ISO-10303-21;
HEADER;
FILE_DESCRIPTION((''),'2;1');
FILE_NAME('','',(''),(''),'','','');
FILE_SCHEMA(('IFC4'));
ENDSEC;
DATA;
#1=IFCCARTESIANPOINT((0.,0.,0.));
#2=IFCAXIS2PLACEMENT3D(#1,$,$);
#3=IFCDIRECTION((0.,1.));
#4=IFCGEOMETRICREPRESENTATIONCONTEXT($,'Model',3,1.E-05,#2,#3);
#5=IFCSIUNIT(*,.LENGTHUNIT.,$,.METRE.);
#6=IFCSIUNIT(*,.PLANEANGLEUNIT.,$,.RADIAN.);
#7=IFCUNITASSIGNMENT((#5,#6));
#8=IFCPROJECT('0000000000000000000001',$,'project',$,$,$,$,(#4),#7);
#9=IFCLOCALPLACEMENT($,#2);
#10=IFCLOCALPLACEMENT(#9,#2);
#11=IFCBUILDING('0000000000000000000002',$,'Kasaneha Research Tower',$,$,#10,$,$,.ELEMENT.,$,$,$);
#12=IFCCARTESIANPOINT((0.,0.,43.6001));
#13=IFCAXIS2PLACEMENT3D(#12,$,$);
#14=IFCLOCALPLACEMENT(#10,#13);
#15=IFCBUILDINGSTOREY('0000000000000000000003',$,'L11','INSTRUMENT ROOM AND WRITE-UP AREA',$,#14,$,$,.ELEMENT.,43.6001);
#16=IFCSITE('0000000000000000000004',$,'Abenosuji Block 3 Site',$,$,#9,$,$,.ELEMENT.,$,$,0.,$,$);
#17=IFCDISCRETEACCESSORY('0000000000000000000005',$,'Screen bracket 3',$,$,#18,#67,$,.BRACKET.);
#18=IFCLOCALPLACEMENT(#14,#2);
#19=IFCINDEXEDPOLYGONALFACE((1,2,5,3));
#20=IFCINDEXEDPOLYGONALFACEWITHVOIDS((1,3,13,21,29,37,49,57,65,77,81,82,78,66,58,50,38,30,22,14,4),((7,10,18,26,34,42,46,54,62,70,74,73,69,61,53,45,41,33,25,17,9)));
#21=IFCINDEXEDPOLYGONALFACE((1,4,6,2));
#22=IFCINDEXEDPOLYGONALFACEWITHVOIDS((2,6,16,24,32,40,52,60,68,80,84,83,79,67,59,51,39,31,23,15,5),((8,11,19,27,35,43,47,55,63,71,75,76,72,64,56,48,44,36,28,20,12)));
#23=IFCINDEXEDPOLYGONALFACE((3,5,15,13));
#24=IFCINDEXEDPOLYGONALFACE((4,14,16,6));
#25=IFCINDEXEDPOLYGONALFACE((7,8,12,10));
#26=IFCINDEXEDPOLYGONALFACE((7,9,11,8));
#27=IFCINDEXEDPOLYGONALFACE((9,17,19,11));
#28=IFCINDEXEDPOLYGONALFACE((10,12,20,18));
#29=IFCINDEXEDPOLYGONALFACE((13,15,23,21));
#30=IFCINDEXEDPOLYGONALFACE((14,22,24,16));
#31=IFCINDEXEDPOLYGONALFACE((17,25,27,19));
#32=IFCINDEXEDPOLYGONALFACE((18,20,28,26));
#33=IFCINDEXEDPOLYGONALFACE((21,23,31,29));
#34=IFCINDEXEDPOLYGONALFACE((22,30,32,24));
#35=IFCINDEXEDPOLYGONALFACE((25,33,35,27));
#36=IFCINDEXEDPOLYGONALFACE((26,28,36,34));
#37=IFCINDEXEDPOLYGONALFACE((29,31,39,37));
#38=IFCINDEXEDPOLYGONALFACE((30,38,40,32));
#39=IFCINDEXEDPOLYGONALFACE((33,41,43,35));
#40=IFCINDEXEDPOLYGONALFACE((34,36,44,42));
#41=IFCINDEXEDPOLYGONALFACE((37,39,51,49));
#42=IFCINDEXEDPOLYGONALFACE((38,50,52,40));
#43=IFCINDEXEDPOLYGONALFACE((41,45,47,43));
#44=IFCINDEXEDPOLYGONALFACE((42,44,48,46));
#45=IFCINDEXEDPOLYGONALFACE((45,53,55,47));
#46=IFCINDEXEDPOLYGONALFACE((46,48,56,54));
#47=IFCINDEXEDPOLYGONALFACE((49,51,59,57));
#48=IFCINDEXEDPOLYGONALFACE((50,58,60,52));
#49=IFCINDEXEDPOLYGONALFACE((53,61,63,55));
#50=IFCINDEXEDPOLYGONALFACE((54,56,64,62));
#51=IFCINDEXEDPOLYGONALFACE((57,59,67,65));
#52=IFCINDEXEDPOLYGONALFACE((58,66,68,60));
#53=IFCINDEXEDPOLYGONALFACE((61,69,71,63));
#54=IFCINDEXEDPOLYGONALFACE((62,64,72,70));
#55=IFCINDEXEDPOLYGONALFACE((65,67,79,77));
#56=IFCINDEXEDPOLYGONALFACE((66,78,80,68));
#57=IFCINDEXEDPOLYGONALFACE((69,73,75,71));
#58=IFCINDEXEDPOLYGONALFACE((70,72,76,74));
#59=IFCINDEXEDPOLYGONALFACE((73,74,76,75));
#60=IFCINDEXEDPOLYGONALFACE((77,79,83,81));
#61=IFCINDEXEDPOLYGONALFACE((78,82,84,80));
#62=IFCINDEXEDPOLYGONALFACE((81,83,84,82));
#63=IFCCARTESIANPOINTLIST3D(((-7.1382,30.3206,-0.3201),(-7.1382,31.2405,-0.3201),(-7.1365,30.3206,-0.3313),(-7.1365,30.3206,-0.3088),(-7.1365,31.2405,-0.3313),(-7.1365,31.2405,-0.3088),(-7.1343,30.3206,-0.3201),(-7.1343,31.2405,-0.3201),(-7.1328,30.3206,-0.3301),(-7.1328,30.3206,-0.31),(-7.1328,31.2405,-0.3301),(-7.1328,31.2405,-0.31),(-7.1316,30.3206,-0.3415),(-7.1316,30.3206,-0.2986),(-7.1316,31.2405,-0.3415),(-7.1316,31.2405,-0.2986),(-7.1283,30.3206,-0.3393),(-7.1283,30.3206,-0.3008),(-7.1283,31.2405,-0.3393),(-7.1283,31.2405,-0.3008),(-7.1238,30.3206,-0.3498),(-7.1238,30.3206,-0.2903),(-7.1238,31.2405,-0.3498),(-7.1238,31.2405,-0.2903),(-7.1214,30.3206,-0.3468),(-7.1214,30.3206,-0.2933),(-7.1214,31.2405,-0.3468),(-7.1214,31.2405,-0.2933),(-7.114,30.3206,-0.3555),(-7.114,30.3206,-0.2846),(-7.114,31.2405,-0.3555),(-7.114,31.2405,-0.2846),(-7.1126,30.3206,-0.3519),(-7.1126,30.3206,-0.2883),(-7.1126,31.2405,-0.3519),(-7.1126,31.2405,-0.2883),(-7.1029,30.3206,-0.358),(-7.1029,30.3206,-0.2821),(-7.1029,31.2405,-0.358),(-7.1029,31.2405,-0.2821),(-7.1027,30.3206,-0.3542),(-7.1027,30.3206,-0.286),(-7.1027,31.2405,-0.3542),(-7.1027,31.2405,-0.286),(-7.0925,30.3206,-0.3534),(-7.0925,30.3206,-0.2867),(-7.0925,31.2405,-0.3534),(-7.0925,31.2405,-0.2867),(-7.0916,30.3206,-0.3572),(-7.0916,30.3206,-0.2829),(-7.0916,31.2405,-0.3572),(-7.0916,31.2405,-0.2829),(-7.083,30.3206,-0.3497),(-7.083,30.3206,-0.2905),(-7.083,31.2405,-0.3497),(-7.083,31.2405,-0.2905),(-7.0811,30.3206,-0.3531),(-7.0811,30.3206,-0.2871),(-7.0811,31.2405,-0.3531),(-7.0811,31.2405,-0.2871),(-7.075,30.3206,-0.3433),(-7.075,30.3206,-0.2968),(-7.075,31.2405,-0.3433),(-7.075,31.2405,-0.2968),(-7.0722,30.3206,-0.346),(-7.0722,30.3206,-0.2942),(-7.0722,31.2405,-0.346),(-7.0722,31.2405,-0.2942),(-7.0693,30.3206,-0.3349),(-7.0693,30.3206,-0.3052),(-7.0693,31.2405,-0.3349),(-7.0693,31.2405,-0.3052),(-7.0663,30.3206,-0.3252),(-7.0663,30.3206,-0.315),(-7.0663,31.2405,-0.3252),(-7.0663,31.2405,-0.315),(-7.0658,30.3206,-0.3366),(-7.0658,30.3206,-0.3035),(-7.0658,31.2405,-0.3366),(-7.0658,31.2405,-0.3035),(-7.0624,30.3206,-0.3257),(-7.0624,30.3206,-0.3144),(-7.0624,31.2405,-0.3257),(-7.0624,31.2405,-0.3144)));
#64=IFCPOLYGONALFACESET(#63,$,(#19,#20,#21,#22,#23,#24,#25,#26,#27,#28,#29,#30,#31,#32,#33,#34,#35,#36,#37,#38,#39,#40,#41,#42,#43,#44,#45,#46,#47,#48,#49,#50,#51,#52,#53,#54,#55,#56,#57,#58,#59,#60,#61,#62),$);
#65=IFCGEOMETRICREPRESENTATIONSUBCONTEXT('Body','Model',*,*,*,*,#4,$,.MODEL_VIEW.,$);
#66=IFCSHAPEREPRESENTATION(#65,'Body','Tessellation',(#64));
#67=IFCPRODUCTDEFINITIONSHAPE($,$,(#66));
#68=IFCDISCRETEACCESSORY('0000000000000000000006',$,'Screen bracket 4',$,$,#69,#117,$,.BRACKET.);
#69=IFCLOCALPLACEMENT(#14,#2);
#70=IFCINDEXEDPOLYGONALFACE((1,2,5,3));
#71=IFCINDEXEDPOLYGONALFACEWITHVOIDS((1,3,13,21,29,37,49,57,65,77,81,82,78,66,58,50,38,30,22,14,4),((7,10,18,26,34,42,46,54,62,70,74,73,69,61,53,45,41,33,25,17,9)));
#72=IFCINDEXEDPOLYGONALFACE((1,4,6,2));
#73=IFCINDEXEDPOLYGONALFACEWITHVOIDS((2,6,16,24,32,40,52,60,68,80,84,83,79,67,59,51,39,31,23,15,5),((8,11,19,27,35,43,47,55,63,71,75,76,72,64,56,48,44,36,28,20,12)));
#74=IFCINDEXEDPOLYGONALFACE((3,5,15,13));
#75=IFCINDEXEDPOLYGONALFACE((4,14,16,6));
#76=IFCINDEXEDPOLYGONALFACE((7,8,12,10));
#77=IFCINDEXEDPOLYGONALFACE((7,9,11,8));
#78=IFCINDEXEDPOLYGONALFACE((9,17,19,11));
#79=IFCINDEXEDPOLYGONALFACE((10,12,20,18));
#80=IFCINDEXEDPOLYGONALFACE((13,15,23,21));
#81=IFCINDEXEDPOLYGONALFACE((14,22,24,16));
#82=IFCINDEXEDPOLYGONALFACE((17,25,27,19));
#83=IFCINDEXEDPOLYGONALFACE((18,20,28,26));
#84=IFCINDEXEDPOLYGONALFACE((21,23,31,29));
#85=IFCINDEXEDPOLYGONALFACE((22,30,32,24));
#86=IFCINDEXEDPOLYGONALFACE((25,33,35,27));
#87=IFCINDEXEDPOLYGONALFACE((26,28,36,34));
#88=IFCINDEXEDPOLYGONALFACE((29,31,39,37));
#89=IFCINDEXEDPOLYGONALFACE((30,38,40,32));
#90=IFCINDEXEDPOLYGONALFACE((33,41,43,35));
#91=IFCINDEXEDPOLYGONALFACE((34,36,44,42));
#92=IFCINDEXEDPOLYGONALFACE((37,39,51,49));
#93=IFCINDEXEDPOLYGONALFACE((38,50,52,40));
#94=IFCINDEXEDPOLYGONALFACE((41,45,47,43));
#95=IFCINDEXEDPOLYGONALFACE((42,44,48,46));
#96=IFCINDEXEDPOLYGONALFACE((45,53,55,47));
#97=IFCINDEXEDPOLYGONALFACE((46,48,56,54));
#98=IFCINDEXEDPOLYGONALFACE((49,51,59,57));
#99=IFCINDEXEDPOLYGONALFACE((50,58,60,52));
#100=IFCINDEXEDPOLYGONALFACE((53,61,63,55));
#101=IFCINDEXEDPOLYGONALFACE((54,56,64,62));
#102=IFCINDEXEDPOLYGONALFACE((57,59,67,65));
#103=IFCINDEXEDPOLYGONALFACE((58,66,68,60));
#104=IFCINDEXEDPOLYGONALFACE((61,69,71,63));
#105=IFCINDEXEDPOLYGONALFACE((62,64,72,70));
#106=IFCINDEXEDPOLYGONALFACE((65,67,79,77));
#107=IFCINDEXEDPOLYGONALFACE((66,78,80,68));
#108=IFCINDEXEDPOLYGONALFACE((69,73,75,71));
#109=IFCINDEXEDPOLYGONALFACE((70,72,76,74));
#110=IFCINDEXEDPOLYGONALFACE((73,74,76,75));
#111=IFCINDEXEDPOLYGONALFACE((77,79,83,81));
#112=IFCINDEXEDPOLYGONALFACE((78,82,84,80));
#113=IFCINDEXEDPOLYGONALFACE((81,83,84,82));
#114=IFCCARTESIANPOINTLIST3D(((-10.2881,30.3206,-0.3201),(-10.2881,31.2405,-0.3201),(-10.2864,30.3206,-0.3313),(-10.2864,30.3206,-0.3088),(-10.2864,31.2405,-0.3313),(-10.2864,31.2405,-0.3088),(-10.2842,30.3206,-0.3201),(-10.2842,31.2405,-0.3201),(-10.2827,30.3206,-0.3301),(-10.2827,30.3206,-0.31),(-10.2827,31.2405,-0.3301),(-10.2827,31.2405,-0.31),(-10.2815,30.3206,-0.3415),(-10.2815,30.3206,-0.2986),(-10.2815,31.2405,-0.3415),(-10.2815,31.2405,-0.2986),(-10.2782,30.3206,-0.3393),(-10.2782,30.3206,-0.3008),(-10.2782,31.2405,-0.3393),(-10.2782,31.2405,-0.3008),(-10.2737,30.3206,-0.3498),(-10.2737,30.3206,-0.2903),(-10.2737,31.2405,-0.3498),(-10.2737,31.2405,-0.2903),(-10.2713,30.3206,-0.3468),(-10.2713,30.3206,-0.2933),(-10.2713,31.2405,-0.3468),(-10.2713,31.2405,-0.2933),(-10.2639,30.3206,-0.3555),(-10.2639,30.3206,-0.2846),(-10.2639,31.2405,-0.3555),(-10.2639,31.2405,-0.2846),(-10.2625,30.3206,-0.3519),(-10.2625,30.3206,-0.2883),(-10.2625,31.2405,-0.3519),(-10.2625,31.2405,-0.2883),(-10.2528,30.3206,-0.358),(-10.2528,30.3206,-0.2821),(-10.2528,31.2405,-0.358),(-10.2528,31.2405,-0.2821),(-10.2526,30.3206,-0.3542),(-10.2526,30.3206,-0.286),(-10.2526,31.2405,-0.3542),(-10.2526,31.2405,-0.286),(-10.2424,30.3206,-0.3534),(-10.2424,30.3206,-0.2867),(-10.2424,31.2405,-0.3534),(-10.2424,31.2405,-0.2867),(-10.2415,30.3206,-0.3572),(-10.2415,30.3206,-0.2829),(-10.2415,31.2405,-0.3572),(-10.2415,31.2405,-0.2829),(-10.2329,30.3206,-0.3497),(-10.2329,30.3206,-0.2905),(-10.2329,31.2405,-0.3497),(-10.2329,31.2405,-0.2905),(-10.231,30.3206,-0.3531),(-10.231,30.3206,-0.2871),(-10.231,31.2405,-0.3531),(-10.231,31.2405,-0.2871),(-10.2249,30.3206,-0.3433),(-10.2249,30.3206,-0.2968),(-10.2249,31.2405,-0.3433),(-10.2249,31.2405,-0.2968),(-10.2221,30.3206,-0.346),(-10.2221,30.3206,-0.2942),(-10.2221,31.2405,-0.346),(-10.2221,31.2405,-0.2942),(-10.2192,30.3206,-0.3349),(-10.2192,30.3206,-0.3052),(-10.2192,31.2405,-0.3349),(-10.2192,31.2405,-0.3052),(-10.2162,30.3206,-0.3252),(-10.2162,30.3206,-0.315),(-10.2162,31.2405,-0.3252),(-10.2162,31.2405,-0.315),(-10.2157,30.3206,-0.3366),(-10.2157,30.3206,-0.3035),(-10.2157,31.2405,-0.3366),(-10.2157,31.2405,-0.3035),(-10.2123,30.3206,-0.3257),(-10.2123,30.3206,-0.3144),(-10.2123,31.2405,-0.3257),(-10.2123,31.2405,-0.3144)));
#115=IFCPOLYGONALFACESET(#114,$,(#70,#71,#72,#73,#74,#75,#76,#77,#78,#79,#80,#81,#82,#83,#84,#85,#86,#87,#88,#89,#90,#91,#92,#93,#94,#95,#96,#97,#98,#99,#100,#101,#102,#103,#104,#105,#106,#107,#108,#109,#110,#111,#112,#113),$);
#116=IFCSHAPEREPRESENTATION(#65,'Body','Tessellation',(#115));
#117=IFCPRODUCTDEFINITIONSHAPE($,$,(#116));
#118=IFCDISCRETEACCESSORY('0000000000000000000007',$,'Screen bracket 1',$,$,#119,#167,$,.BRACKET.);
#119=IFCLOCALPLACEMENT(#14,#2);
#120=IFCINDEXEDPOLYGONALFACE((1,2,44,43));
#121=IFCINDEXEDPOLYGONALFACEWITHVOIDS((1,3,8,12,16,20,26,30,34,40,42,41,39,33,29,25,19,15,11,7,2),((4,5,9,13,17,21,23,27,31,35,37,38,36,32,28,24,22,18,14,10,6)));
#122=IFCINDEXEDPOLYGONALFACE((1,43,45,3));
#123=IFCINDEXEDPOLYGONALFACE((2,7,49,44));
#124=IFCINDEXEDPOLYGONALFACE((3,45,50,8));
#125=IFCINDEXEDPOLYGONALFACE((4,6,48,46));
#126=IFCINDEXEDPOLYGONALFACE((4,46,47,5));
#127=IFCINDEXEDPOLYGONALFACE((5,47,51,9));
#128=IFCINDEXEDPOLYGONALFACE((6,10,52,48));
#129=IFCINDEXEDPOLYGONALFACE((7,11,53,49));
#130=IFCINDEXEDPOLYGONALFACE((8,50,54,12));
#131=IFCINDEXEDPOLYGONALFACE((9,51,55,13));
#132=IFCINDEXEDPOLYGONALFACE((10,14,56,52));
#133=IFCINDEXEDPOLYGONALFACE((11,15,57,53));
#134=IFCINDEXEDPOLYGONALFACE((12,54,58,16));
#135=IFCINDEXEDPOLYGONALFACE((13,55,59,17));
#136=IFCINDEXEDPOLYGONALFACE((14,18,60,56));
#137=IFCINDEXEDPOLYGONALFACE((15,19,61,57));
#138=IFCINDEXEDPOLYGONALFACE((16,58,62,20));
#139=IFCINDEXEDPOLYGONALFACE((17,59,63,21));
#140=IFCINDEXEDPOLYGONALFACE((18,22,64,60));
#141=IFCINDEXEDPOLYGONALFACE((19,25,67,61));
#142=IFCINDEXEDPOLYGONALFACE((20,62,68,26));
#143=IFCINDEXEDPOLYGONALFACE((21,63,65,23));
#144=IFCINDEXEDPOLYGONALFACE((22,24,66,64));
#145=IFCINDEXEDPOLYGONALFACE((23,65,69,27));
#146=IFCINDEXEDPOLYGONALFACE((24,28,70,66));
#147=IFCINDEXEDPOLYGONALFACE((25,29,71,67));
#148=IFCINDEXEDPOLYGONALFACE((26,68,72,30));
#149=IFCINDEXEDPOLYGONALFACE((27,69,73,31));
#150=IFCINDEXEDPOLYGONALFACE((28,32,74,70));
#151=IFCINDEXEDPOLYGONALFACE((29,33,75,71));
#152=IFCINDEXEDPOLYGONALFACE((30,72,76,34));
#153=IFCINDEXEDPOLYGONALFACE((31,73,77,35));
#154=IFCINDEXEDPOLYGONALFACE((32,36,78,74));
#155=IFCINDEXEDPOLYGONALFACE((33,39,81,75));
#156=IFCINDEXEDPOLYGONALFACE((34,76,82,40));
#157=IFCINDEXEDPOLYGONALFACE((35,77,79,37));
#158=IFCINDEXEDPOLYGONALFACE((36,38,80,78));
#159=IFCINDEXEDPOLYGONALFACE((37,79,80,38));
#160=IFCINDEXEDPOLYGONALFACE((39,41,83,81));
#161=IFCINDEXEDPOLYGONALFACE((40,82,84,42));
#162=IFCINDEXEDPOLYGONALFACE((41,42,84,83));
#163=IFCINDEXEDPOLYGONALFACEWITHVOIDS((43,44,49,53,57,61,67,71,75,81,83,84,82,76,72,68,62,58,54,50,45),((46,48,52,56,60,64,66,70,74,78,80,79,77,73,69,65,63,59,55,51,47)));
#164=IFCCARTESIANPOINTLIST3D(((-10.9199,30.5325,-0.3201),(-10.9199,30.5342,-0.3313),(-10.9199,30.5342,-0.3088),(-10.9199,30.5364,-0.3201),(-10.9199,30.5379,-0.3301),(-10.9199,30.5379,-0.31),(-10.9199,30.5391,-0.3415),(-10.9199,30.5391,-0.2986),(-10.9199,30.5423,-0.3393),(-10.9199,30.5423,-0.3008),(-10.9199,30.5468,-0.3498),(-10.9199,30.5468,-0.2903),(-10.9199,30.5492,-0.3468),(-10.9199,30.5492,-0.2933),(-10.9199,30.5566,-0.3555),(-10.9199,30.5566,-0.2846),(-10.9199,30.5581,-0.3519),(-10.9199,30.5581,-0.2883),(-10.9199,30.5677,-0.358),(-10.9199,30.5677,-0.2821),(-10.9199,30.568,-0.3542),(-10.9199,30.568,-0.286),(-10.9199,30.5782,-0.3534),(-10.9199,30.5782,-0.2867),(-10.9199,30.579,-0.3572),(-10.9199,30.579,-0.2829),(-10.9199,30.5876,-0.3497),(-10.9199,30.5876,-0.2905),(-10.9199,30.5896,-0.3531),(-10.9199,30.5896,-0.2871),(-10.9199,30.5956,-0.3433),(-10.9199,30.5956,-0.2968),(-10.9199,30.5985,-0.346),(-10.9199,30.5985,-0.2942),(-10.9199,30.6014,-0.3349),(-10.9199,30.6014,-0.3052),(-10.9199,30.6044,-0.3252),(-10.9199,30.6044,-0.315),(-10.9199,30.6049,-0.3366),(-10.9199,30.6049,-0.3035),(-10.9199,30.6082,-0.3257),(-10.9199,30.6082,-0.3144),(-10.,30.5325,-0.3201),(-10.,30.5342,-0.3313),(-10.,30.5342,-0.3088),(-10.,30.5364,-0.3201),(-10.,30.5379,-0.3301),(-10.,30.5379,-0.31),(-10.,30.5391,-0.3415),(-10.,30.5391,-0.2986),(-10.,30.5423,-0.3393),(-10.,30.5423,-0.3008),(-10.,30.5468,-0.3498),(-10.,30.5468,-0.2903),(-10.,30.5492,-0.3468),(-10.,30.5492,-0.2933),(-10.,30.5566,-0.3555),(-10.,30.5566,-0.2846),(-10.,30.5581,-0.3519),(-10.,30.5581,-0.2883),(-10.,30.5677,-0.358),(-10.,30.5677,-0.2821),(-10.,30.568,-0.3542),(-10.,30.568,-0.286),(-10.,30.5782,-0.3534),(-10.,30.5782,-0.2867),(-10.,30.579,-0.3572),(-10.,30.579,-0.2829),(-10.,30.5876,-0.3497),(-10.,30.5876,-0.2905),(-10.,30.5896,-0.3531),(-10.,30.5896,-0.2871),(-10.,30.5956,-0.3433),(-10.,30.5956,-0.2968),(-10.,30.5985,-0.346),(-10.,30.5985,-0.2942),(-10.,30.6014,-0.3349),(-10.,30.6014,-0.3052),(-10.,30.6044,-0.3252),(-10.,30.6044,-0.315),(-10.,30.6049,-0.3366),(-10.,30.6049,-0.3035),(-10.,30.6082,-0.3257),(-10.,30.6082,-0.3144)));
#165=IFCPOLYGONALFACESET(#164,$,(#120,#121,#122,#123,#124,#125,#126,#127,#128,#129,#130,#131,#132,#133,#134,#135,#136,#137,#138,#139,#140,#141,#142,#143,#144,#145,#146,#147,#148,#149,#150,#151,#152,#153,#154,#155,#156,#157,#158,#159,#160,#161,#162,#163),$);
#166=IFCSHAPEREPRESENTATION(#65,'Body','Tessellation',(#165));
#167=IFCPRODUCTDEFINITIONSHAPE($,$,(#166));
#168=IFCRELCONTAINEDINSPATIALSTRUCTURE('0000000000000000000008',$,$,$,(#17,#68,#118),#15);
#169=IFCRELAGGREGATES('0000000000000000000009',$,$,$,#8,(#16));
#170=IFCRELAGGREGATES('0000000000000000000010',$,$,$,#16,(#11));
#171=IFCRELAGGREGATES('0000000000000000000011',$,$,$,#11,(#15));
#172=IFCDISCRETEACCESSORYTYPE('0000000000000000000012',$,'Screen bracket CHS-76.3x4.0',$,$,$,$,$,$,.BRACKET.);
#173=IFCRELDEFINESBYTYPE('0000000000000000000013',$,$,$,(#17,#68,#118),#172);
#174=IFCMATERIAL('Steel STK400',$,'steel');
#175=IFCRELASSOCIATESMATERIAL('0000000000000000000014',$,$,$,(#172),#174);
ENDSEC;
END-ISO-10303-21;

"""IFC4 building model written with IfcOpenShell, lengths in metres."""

from ifc_helpers import new_model, si_unit, direction, frame, origin, origin_2d, place, context, subcontext, project, spatial, hollow_circle, extrude, material, material_profile, profile_set, type_object, element, save


model = new_model("IFC4")

# Units and contexts
model_context = context("Model", 3, precision=1e-05, world=origin(), true_north=direction((0.0, 1.0)))
body_context = subcontext(model_context, "Body", "Model", "MODEL_VIEW")
ifc_project = project(units=[si_unit("LENGTHUNIT", "METRE"), si_unit("PLANEANGLEUNIT", "RADIAN")], contexts=[model_context])

# Site, building, storey
site_placement = place(None, origin())
site = spatial("IfcSite", under=ifc_project, at=site_placement, Name="Abenosuji Block 3 Site", CompositionType="ELEMENT", RefElevation=0.0)
building_placement = place(site_placement, origin())
building = spatial("IfcBuilding", under=site, at=building_placement, Name="Kasaneha Research Tower", CompositionType="ELEMENT")
storey_placement = place(building_placement, frame((0.0, 0.0, 43.6001)))
storey = spatial("IfcBuildingStorey", under=building, at=storey_placement, Name="L11", Description="INSTRUMENT ROOM AND WRITE-UP AREA", CompositionType="ELEMENT", Elevation=43.6001)

# Discrete accessories
ifc_material_1 = material(Name="Steel STK400", Category="steel")
ifc_material_profile_1 = material_profile(ifc_material_1, hollow_circle(Radius=0.0381, WallThickness=0.0039, at=origin_2d()), Name="CHS-76.3x4.0")
ifc_profile_set_1 = profile_set([ifc_material_profile_1], Name="Steel STK400")
discrete_accessory_type = type_object("IfcDiscreteAccessoryType", Name="Screen bracket CHS-76.3x4.0", PredefinedType="BRACKET", material=ifc_profile_set_1)
for number, where, z_axis, x_axis, name in (
    (1, (-7.1001, 30.3206, -0.3201), (0.0, 1.0, 0.0), (-1.0, 0.0, 0.0), "Screen bracket 3"),
    (2, (-10.25, 30.3206, -0.3201), (0.0, 1.0, 0.0), (-1.0, 0.0, 0.0), "Screen bracket 4"),
    (3, (-10.0, 30.5706, -0.3201), (-1.0, 0.0, 0.0), (0.0, -1.0, 0.0), "Screen bracket 1"),
):
    element("IfcDiscreteAccessory", number, at=place(storey_placement, frame(where, z_axis=z_axis, x_axis=x_axis)), inside=storey, type_object=discrete_accessory_type, Name=name, PredefinedType="BRACKET", context=body_context, shape_type="SweptSolid", body=[
        extrude(hollow_circle(Radius=0.0381, WallThickness=0.0039, at=origin_2d()), origin(), (0.0, 0.0, 1.0), 0.9199),
    ])

save(model, "model.ifc")
